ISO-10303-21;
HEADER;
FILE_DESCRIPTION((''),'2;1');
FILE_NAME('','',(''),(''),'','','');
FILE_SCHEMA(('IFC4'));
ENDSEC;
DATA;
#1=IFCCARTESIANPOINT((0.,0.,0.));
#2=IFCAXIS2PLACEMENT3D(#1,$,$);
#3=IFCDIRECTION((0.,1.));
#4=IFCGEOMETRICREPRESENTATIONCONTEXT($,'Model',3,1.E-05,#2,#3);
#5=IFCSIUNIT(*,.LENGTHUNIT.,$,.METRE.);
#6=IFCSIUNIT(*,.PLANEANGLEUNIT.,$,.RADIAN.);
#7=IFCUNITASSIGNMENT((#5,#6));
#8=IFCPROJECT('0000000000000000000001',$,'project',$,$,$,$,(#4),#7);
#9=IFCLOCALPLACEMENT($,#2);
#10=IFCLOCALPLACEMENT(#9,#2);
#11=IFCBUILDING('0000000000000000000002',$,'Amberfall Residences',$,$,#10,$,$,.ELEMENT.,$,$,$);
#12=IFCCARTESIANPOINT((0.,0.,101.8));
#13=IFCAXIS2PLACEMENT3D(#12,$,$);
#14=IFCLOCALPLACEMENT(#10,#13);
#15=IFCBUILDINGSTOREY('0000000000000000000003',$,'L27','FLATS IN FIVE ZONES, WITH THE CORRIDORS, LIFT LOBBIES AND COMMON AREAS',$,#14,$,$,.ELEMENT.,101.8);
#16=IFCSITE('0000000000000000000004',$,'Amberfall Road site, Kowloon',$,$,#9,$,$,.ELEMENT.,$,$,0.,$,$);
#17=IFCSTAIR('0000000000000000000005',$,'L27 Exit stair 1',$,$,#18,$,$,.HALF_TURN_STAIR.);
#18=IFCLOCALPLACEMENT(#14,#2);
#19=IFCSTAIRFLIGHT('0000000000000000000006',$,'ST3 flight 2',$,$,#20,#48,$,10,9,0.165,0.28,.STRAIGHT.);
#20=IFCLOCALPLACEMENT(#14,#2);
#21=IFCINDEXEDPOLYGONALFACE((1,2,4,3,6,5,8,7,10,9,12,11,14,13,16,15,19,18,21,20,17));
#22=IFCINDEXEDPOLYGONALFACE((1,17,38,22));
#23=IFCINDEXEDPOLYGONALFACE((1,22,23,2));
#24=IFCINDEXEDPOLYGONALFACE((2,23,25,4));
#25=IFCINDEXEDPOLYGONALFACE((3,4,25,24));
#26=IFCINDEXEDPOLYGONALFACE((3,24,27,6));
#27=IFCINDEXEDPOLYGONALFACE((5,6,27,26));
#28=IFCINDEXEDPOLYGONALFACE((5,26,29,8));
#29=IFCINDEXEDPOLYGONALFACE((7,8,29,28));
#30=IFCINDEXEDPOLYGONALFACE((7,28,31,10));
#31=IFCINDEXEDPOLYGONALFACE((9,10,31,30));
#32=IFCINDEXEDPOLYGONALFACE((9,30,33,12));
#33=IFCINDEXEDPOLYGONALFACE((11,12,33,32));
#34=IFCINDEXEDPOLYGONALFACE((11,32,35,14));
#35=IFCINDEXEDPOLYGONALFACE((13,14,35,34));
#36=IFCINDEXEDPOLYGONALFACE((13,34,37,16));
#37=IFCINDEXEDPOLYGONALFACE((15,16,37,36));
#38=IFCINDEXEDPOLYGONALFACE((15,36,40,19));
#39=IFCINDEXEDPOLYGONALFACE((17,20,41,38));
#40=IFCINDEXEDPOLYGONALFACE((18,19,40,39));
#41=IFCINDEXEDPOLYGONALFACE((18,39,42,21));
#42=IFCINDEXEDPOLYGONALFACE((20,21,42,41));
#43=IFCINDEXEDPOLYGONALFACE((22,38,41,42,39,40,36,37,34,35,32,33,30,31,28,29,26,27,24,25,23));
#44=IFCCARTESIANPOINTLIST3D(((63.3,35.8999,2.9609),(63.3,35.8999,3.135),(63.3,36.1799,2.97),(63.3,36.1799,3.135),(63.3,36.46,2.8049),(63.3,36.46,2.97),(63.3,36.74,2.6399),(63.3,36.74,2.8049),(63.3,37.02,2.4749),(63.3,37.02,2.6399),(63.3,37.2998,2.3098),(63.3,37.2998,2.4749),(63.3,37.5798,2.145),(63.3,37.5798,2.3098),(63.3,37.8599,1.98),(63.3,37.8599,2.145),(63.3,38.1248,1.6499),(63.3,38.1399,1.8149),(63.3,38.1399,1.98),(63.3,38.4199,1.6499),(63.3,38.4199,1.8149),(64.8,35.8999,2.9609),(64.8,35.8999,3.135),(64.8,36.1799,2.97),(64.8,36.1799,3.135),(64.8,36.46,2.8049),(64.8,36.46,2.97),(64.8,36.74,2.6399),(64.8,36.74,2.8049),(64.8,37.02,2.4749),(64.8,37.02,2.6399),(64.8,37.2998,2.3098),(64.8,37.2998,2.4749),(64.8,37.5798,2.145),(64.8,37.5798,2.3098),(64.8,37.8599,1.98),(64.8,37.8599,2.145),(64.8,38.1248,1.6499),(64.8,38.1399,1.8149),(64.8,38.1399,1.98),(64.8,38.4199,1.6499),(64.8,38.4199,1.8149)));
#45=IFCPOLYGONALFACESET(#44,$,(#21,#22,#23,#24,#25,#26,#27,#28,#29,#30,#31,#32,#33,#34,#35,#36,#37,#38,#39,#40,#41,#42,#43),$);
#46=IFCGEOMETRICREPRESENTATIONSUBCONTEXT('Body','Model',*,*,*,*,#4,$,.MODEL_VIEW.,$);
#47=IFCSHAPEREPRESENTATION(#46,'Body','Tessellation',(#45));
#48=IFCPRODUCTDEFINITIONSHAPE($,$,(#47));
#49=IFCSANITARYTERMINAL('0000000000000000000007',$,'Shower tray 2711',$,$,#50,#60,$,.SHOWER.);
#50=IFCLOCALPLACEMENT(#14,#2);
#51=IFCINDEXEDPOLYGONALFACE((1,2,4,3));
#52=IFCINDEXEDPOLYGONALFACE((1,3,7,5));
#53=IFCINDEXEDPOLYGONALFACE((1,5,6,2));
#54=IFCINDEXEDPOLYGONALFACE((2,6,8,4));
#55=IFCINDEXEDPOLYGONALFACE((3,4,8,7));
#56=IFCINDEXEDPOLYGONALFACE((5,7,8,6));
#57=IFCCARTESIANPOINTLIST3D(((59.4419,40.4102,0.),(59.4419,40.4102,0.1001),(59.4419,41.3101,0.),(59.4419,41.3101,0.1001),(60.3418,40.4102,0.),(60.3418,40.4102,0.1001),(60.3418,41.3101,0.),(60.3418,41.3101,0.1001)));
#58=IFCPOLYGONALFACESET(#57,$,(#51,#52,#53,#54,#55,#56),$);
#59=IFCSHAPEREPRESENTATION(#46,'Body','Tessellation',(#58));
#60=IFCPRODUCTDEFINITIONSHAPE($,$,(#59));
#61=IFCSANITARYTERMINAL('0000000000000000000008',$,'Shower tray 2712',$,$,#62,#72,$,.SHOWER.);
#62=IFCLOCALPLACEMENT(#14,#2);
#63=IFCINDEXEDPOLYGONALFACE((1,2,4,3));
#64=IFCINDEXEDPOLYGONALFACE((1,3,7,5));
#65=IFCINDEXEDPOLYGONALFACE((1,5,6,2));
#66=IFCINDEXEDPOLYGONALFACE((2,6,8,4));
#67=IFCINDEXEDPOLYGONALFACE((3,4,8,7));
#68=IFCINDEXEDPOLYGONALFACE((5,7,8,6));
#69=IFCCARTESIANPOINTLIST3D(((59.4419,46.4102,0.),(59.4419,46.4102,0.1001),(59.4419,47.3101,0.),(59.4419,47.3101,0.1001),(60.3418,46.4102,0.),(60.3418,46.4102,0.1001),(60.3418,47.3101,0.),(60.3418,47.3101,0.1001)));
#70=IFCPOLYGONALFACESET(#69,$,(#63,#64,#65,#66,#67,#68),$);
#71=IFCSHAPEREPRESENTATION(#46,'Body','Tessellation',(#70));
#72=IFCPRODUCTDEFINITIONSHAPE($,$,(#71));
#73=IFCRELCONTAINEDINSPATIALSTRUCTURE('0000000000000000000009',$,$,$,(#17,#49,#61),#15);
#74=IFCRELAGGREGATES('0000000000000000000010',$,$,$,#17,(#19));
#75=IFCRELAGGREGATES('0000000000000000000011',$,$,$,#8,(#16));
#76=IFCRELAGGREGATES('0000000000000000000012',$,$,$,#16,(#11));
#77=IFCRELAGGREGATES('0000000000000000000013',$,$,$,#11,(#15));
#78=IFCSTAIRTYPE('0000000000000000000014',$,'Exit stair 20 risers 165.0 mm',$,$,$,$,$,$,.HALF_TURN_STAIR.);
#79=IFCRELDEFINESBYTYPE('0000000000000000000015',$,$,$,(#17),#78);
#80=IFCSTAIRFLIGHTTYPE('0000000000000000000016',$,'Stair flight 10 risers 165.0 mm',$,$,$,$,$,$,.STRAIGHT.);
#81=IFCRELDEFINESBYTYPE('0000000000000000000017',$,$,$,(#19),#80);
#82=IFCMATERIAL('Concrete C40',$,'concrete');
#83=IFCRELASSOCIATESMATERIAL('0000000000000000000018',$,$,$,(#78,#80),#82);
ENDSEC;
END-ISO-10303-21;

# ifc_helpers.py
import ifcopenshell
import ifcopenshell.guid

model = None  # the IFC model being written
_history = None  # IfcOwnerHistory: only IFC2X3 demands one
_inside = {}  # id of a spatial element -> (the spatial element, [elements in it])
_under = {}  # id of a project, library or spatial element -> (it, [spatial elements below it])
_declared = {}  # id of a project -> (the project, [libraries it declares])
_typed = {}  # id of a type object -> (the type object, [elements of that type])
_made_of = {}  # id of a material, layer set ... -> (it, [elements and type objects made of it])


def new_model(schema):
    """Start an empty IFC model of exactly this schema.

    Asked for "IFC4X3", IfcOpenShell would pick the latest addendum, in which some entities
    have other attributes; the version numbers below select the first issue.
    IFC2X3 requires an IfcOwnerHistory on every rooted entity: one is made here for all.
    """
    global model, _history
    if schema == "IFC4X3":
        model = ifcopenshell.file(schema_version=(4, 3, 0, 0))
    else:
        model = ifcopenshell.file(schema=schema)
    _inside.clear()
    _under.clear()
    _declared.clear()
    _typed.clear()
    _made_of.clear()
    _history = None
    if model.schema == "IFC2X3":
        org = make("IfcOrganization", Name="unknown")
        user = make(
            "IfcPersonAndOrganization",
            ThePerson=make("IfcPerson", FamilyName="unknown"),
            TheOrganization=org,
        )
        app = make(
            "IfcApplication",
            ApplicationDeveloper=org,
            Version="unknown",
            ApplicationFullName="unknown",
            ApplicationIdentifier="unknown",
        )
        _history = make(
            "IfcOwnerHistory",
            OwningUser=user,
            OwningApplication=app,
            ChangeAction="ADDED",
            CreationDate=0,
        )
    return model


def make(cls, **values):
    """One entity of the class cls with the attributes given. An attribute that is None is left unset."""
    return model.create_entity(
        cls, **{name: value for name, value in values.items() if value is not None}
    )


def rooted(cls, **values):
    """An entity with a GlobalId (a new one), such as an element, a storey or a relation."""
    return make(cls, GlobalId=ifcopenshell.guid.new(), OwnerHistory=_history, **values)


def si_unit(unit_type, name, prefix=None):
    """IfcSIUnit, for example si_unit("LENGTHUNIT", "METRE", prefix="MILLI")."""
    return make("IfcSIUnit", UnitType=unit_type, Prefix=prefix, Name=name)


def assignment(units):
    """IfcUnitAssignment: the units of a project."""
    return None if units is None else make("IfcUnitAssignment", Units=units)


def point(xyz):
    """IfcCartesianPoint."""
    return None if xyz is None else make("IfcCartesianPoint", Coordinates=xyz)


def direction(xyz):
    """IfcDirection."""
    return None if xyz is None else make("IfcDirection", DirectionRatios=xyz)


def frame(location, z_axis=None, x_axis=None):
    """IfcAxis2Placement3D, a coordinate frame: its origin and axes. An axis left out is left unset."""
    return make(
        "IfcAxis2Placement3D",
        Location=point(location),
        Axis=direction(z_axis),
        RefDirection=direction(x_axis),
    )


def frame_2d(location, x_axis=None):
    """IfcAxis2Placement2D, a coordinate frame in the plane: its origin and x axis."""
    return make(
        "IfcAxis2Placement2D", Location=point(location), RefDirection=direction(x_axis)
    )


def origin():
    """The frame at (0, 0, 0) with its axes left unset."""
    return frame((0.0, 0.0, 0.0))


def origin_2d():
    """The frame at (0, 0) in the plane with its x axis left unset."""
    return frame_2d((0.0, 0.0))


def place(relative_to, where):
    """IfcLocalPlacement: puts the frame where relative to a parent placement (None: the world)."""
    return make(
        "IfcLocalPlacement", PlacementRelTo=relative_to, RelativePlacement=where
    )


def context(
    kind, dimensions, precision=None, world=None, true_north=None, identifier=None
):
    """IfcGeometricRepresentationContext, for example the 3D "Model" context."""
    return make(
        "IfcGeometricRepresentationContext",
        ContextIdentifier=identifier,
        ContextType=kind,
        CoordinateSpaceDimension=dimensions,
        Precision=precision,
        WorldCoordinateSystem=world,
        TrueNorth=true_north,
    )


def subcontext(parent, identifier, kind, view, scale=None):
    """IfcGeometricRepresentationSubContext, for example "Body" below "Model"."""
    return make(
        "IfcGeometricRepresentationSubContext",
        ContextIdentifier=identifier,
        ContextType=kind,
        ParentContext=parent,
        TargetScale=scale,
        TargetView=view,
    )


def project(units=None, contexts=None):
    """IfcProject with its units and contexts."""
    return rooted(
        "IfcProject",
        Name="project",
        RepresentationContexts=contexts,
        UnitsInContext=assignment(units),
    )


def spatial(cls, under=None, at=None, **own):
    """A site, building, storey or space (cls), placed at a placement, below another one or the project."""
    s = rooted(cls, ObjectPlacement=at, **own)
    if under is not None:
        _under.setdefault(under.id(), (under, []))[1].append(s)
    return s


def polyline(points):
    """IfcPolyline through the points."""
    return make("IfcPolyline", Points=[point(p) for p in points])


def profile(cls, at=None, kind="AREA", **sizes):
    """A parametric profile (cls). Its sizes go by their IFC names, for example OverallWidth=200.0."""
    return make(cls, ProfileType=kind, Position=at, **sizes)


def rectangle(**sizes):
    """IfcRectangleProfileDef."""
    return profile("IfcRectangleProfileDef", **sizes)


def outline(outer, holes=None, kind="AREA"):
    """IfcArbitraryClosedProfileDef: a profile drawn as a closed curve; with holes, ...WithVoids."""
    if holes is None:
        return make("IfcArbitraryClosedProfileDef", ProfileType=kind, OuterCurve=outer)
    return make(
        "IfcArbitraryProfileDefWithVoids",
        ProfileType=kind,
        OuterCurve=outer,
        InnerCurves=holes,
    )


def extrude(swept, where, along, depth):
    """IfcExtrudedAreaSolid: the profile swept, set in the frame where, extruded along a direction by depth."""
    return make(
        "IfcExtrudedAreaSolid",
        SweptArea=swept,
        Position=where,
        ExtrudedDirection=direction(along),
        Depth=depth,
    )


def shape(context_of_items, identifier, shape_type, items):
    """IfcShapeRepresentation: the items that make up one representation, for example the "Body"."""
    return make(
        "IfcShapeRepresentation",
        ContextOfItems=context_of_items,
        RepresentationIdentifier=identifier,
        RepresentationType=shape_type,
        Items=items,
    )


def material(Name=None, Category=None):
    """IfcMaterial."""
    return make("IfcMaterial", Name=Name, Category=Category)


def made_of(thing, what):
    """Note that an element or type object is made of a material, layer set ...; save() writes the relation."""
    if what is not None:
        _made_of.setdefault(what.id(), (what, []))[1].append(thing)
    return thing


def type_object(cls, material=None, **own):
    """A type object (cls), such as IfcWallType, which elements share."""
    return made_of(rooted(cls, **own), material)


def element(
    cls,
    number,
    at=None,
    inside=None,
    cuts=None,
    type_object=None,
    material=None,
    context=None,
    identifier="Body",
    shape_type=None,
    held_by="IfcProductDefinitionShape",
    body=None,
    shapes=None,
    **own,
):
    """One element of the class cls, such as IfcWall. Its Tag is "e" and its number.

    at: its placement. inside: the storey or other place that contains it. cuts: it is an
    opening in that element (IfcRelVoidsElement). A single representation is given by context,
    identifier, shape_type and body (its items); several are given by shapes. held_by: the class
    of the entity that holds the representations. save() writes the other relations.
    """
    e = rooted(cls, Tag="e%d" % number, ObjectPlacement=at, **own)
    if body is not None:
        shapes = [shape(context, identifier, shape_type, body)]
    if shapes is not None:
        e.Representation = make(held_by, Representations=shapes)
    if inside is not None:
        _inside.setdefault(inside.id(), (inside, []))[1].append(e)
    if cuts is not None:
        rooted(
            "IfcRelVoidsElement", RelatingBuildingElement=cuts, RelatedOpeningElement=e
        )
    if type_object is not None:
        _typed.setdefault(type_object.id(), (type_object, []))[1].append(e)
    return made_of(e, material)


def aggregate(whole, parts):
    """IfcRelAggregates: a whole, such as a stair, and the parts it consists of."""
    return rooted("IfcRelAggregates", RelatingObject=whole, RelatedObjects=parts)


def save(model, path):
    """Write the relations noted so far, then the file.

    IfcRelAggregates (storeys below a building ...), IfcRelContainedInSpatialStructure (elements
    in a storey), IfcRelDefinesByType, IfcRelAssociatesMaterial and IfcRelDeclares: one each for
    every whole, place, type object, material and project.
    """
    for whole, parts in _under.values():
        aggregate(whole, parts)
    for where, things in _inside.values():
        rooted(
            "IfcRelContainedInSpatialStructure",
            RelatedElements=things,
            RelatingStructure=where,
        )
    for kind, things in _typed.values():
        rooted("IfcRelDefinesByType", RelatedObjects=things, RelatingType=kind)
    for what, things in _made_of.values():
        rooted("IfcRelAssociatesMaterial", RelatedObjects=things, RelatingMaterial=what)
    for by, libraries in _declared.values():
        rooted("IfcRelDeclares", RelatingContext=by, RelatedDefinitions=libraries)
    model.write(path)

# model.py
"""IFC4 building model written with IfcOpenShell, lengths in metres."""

from ifc_helpers import new_model, si_unit, direction, frame, origin, origin_2d, place, context, subcontext, project, spatial, polyline, rectangle, outline, extrude, material, type_object, element, aggregate, save


model = new_model("IFC4")

# Units and contexts
model_context = context("Model", 3, precision=1e-05, world=origin(), true_north=direction((0.0, 1.0)))
body_context = subcontext(model_context, "Body", "Model", "MODEL_VIEW")
ifc_project = project(units=[si_unit("LENGTHUNIT", "METRE"), si_unit("PLANEANGLEUNIT", "RADIAN")], contexts=[model_context])

# Site, building, storey
site_placement = place(None, origin())
site = spatial("IfcSite", under=ifc_project, at=site_placement, Name="Amberfall Road site, Kowloon", CompositionType="ELEMENT", RefElevation=0.0)
building_placement = place(site_placement, origin())
building = spatial("IfcBuilding", under=site, at=building_placement, Name="Amberfall Residences", CompositionType="ELEMENT")
storey_placement = place(building_placement, frame((0.0, 0.0, 101.8)))
storey = spatial("IfcBuildingStorey", under=building, at=storey_placement, Name="L27", Description="FLATS IN FIVE ZONES, WITH THE CORRIDORS, LIFT LOBBIES AND COMMON AREAS", CompositionType="ELEMENT", Elevation=101.8)

# Stair, stair flight
ifc_material_1 = material(Name="Concrete C40", Category="concrete")
stair_type = type_object("IfcStairType", Name="Exit stair 20 risers 165.0 mm", PredefinedType="HALF_TURN_STAIR", material=ifc_material_1)
stair_placement = place(storey_placement, origin())
stair = element("IfcStair", 1, at=stair_placement, inside=storey, type_object=stair_type, Name="L27 Exit stair 1", PredefinedType="HALF_TURN_STAIR")
stair_flight_type = type_object("IfcStairFlightType", Name="Stair flight 10 risers 165.0 mm", PredefinedType="STRAIGHT", material=ifc_material_1)
stair_flight_placement = place(storey_placement, frame((64.05, 38.4199, 1.6499), z_axis=(0.0, 0.0, 1.0), x_axis=(0.0, -1.0, 0.0)))
stair_flight = element("IfcStairFlight", 2, at=stair_flight_placement, type_object=stair_flight_type, Name="ST3 flight 2", NumberOfRisers=10, NumberOfTreads=9, PredefinedType="STRAIGHT", RiserHeight=0.165, TreadLength=0.28, context=body_context, shape_type="SweptSolid", body=[
    extrude(outline(polyline([(0.0, 0.0), (0.0, 0.165), (0.28, 0.165), (0.28, 0.3301), (0.5601, 0.3301), (0.5601, 0.4951), (0.8401, 0.4951), (0.8401, 0.6599), (1.1201, 0.6599), (1.1201, 0.825), (1.3999, 0.825), (1.3999, 0.99), (1.6799, 0.99), (1.6799, 1.155), (1.96, 1.155), (1.96, 1.3201), (2.24, 1.3201), (2.24, 1.4851), (2.52, 1.4851), (2.52, 1.6499), (2.52, 1.311), (0.2952, 0.0), (0.0, 0.0)])), frame((0.0, 0.75, 0.0), z_axis=(0.0, -1.0, 0.0), x_axis=(1.0, 0.0, 0.0)), (0.0, 0.0, 1.0), 1.5),
])
aggregate(stair, [stair_flight])

# Sanitary terminals
for number, where, z_axis, x_axis, name in (
    (3, (59.8918, 40.8601, 0.0), (0.0, 0.0, 1.0), (1.0, 0.0, 0.0), "Shower tray 2711"),
    (4, (59.8918, 46.8601, 0.0), (0.0, 0.0, 1.0), (1.0, 0.0, 0.0), "Shower tray 2712"),
):
    element("IfcSanitaryTerminal", number, at=place(storey_placement, frame(where, z_axis=z_axis, x_axis=x_axis)), inside=storey, Name=name, PredefinedType="SHOWER", context=body_context, shape_type="SweptSolid", body=[
        extrude(rectangle(XDim=0.8999, YDim=0.8999, at=origin_2d()), origin(), (0.0, 0.0, 1.0), 0.1001),
    ])

save(model, "model.ifc")
